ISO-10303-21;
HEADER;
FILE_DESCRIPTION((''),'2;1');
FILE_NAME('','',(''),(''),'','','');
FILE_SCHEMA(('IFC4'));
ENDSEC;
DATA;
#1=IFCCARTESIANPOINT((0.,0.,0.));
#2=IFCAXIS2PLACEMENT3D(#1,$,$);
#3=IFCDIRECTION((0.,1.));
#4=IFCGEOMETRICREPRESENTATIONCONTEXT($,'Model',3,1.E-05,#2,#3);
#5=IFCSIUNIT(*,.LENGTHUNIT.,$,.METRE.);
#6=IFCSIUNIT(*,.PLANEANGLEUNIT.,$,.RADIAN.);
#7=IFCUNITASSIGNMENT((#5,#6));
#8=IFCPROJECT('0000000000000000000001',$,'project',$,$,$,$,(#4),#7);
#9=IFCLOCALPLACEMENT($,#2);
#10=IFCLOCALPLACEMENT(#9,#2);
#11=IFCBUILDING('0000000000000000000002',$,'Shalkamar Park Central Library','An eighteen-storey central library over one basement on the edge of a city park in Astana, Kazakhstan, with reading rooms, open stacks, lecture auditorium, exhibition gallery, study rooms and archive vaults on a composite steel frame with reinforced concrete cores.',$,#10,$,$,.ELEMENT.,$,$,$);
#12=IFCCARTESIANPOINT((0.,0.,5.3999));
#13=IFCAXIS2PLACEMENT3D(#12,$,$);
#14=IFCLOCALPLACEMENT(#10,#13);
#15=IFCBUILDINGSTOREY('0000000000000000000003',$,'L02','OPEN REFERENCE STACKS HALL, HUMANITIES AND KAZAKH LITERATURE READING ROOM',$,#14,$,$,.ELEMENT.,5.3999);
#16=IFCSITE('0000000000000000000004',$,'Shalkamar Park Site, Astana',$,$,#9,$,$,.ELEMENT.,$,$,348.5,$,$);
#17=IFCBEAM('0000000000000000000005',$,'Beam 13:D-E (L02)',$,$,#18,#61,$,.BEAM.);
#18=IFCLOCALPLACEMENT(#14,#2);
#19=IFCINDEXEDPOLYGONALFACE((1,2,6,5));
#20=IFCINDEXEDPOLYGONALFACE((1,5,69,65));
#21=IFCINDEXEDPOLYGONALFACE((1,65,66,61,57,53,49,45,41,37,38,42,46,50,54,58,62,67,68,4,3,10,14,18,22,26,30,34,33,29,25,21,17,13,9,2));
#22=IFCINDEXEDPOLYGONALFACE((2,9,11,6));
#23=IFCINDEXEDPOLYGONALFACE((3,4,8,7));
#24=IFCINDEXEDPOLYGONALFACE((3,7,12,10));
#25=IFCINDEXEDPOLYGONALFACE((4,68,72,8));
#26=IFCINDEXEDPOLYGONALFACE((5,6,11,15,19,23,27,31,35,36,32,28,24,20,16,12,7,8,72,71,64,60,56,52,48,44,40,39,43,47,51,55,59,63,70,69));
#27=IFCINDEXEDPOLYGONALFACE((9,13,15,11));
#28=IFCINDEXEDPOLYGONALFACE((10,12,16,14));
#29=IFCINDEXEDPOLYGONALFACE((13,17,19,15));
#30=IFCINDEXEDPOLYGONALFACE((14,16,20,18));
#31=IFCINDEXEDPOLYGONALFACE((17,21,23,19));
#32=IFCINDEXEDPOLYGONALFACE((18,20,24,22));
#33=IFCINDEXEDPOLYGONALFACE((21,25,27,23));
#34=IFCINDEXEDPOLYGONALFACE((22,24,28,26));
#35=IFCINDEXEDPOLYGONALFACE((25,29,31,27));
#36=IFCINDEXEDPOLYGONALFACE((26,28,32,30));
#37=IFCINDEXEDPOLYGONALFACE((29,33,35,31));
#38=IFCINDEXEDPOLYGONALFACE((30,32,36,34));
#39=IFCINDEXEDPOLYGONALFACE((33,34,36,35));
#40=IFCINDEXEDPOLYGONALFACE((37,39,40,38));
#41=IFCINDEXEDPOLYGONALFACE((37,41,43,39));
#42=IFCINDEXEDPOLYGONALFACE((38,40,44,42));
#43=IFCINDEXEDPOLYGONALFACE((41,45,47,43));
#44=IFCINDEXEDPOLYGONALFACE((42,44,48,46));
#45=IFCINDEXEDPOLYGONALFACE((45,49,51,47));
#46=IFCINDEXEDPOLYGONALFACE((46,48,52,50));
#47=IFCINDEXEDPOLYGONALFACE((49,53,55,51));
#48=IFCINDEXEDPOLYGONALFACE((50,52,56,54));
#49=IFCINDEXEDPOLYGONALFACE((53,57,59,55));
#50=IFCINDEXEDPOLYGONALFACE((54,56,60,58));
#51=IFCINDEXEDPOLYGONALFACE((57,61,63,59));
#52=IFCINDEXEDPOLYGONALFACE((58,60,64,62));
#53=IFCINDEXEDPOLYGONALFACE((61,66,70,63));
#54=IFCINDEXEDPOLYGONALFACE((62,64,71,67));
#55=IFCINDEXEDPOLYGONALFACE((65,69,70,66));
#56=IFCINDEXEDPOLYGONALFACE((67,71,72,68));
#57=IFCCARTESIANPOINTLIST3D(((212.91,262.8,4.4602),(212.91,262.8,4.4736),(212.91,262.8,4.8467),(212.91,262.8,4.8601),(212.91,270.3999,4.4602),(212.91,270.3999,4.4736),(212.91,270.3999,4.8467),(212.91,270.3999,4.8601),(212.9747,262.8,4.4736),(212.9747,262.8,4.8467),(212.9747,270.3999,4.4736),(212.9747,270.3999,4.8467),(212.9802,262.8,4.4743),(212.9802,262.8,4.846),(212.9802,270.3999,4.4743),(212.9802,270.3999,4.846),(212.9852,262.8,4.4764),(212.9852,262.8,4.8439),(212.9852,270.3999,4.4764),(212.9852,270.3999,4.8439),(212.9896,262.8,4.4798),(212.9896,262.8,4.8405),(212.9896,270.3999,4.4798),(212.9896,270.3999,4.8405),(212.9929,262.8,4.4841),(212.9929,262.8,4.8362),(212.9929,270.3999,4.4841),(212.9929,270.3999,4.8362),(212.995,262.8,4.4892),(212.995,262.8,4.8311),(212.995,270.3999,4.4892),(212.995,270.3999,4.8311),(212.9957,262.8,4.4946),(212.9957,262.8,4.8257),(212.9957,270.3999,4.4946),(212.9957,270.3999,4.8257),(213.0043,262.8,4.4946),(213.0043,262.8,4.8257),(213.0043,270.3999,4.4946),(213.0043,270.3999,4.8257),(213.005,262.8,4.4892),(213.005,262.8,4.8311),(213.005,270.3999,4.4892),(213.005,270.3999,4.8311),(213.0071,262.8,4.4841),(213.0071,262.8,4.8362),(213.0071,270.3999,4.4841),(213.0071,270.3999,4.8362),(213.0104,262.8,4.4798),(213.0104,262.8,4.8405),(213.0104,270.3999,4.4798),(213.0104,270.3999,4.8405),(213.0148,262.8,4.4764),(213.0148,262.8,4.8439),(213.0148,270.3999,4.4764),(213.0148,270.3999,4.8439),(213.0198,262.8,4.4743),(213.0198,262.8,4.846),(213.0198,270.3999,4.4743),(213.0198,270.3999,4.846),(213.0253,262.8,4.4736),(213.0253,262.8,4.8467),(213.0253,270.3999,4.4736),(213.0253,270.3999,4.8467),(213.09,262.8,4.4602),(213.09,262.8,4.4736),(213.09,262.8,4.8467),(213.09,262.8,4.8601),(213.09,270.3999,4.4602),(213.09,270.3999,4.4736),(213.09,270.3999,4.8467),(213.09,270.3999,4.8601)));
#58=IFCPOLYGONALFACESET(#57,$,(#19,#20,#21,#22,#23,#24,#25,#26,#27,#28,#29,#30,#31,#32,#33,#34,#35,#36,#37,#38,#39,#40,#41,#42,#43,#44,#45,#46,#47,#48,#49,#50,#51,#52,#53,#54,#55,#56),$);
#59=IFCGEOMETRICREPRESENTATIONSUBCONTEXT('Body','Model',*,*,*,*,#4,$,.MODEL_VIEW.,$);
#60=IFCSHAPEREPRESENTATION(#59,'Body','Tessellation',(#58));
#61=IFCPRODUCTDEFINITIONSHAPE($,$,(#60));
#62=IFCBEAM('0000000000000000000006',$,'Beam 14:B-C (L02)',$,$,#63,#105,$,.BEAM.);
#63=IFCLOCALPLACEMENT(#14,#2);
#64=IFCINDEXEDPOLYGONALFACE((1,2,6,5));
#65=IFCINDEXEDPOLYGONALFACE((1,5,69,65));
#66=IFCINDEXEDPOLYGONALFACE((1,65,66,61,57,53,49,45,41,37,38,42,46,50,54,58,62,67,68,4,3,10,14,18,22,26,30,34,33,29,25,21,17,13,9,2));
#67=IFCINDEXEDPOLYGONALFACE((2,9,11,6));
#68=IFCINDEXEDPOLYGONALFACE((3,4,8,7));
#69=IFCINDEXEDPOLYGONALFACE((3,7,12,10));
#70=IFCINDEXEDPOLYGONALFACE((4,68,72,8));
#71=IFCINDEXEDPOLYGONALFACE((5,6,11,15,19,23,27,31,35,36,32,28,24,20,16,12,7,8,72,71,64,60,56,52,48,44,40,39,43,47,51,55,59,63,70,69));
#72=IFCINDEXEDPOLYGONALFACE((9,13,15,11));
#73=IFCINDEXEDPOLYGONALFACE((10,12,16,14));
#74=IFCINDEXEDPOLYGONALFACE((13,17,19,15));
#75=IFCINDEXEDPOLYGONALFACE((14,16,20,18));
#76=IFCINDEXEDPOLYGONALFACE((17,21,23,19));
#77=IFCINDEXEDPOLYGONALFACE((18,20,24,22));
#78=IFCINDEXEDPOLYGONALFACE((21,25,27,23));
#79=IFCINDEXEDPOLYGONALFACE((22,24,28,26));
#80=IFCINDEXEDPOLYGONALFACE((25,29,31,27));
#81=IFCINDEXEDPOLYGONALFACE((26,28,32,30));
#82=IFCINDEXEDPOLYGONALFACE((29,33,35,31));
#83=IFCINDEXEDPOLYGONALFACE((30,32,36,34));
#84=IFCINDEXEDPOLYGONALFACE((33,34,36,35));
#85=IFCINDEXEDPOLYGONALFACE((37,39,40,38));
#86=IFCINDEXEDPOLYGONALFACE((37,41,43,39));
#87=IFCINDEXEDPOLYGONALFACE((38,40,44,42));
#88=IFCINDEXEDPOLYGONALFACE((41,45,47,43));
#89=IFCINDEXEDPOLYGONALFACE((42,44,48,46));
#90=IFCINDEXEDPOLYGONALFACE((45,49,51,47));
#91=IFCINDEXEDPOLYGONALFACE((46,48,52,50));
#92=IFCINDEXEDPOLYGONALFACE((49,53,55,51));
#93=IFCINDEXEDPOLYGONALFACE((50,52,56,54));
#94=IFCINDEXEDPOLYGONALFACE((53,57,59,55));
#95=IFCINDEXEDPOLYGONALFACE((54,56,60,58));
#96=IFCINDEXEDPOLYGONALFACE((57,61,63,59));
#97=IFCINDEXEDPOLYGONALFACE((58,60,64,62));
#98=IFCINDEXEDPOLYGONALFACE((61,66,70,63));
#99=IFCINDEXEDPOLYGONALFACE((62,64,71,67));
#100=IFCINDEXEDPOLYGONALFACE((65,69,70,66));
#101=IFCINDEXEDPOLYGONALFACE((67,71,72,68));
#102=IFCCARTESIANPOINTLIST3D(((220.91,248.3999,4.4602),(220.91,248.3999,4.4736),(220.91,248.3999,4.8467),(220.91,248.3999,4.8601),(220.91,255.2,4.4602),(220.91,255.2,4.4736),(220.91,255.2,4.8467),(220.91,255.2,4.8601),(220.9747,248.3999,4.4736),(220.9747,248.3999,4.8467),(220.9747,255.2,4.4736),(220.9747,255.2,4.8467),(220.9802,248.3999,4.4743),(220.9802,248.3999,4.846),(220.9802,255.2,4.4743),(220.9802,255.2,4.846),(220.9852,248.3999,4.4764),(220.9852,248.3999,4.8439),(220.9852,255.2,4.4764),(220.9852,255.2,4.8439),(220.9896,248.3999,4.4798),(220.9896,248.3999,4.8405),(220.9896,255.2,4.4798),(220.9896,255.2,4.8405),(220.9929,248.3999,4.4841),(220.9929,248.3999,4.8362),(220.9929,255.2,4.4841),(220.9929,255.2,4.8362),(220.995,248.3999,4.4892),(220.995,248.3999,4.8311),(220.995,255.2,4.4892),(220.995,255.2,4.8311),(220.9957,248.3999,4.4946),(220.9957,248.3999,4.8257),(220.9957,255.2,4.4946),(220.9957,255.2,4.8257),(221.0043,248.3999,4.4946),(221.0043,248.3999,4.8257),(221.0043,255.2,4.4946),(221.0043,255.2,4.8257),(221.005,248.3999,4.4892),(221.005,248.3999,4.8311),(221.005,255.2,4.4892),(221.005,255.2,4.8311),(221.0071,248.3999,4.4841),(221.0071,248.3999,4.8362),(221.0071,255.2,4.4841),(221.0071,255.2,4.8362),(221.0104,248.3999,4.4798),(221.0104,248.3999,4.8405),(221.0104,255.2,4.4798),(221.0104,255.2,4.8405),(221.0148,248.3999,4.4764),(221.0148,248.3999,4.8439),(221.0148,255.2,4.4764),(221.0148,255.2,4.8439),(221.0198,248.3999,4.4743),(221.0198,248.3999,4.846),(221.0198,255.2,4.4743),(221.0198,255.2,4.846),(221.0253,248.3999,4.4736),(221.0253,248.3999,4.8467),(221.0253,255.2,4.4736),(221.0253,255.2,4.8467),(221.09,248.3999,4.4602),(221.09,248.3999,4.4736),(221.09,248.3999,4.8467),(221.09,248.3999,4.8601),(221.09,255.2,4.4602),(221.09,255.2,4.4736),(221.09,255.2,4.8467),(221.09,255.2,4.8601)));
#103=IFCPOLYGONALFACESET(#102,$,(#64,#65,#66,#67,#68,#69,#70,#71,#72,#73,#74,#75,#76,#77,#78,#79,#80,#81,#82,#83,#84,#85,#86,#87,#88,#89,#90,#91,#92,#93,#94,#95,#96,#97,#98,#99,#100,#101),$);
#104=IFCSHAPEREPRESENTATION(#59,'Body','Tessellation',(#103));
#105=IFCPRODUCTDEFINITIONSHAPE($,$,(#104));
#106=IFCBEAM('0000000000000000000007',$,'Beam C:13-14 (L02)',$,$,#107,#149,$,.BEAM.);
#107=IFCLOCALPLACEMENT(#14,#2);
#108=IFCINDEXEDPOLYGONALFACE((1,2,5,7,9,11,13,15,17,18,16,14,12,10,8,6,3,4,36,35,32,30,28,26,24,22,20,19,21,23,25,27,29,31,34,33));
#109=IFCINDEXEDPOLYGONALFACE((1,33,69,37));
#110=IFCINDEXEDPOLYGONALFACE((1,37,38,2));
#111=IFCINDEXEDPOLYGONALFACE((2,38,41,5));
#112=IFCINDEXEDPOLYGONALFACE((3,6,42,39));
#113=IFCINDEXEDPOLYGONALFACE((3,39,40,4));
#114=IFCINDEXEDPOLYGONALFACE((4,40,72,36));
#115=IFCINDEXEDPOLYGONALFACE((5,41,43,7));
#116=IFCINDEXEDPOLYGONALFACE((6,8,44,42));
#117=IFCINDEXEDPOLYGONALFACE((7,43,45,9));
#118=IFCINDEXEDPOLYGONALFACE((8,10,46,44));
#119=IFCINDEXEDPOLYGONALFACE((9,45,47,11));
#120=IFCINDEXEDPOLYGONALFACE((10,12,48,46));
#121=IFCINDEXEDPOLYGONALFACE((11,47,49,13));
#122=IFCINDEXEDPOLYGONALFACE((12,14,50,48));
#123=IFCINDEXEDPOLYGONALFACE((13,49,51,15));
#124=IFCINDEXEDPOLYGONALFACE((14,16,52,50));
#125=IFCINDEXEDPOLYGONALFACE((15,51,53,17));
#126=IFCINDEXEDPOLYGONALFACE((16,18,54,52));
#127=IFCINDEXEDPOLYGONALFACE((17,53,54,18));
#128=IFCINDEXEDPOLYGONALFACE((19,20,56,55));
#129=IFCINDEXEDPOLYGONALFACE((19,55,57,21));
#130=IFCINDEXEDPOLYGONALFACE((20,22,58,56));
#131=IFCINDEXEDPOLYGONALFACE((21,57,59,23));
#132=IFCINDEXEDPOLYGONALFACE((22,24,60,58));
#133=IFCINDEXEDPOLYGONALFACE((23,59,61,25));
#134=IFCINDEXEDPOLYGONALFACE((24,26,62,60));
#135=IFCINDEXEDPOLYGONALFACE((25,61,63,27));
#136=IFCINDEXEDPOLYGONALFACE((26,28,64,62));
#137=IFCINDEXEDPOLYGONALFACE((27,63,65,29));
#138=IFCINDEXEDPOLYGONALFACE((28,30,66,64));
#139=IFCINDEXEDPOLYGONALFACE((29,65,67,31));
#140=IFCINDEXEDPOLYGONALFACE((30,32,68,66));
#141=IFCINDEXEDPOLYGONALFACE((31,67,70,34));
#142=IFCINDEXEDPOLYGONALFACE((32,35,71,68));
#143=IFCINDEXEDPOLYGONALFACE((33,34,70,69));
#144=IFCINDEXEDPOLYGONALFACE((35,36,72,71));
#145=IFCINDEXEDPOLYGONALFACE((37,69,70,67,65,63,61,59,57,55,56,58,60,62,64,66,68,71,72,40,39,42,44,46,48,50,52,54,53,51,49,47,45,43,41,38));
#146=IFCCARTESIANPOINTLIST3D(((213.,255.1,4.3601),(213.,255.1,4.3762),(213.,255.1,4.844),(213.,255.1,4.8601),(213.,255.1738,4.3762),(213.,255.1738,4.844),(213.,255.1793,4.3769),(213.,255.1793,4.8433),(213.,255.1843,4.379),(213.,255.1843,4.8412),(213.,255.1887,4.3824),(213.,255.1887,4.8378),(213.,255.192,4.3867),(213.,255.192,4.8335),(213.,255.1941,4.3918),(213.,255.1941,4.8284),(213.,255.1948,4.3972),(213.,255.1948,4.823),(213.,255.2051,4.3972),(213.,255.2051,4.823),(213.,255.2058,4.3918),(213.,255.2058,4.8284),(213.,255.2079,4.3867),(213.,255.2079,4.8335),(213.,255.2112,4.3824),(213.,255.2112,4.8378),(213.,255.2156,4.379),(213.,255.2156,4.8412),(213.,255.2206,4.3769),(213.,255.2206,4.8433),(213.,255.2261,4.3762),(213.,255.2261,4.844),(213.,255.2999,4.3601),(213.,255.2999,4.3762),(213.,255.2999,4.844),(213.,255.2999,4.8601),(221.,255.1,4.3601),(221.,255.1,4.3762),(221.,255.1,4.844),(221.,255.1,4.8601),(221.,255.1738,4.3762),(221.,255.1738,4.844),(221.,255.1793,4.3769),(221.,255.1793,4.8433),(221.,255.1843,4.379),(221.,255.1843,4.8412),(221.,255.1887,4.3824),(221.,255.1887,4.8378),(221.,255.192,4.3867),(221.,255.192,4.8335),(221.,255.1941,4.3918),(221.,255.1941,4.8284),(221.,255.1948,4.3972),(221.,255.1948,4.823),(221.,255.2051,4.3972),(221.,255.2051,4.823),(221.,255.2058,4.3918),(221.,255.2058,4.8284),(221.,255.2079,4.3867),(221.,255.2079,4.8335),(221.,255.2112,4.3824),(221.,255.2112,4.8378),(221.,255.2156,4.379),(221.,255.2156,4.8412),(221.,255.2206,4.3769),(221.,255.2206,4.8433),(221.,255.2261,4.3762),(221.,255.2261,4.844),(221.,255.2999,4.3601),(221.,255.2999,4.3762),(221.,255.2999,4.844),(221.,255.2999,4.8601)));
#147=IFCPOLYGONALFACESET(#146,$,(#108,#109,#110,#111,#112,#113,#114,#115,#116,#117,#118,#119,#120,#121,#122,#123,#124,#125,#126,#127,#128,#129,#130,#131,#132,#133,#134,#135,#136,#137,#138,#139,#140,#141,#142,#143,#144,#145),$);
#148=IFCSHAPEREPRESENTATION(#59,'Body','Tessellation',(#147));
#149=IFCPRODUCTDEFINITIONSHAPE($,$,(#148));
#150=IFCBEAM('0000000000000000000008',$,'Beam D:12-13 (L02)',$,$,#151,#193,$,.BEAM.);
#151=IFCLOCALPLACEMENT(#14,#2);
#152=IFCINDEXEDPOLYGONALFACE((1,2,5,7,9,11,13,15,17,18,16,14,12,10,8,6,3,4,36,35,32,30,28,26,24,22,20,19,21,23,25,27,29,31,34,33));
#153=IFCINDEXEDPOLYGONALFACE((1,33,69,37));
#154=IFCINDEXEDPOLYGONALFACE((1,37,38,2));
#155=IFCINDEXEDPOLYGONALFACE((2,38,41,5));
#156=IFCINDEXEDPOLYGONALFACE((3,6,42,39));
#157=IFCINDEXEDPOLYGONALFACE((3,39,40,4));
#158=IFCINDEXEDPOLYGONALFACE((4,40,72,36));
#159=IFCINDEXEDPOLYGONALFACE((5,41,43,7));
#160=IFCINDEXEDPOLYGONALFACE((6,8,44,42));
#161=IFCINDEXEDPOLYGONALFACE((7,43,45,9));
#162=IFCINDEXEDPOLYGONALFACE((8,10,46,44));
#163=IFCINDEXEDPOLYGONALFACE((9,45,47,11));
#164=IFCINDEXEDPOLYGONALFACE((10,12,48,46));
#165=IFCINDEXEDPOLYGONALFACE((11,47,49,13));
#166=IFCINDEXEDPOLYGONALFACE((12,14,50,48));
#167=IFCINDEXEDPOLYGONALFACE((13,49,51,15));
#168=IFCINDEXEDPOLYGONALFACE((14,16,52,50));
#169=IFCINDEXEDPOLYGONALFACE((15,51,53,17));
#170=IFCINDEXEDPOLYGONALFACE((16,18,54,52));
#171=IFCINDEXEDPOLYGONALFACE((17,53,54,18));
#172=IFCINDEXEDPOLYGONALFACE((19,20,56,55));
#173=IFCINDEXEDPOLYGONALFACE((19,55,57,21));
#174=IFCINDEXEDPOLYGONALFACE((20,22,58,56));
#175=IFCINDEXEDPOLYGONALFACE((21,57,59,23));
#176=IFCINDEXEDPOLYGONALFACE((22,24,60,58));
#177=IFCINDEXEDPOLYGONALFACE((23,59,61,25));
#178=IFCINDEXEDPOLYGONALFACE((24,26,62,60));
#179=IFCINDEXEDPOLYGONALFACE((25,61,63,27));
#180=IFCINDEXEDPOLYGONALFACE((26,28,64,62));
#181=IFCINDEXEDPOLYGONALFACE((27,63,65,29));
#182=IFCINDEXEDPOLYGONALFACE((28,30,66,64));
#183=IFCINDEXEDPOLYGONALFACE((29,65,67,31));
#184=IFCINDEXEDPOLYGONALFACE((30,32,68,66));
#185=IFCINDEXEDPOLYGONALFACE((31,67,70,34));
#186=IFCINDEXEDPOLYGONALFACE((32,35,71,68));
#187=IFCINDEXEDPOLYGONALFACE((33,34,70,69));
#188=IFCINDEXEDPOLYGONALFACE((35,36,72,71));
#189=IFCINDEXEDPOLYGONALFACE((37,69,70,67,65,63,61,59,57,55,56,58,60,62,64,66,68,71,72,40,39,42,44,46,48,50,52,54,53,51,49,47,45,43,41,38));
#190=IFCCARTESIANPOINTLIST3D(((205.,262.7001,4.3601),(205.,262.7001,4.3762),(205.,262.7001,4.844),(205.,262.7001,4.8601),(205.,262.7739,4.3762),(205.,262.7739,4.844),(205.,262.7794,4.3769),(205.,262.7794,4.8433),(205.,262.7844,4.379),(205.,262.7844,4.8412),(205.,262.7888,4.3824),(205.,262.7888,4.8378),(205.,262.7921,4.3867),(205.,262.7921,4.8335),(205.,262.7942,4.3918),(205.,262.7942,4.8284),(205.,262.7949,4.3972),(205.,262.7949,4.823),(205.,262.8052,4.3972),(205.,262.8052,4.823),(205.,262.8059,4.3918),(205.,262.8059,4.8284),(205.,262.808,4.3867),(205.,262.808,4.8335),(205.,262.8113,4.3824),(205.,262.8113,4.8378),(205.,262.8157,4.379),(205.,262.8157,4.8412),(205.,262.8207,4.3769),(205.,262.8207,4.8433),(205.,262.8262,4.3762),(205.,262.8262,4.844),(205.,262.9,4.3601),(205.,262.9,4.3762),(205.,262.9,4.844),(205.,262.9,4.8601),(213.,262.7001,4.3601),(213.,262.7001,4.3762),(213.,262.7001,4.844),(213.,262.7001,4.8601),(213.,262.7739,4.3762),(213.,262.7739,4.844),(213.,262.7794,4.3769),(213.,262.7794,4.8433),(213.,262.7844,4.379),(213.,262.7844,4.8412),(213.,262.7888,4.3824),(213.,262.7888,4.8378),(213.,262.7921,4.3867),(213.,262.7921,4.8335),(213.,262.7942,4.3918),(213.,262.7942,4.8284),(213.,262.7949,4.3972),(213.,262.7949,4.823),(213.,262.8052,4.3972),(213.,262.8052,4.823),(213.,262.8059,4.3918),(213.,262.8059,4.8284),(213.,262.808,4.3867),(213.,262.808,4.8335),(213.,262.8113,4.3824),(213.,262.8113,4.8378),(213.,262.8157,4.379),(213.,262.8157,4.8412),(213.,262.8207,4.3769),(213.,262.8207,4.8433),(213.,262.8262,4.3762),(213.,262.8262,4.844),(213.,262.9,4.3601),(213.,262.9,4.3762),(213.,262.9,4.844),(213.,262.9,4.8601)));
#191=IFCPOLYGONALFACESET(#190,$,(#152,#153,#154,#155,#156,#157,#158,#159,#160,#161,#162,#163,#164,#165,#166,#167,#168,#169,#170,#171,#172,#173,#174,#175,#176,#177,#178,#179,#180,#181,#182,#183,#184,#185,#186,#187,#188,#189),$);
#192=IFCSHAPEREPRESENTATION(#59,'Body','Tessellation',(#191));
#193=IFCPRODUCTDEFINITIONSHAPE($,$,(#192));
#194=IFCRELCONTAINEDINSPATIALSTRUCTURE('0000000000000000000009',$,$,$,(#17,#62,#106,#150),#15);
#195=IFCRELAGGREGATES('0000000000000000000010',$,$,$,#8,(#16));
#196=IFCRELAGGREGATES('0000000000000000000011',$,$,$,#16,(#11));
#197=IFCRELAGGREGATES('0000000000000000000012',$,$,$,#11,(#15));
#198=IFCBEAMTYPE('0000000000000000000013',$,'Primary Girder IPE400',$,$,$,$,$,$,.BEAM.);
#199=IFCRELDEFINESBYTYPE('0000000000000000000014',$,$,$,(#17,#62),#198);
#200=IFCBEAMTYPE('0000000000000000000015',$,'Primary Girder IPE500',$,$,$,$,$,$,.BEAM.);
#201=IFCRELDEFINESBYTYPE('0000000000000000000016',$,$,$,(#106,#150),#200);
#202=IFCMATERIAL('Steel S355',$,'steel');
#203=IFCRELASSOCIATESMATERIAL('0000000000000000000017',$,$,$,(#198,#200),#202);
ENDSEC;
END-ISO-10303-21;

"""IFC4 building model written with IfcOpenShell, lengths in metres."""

from ifc_helpers import new_model, si_unit, direction, frame, origin, origin_2d, place, context, subcontext, project, spatial, i_section, extrude, material, material_profile, profile_set, type_object, element, save


model = new_model("IFC4")

# Units and contexts
model_context = context("Model", 3, precision=1e-05, world=origin(), true_north=direction((0.0, 1.0)))
body_context = subcontext(model_context, "Body", "Model", "MODEL_VIEW")
ifc_project = project(units=[si_unit("LENGTHUNIT", "METRE"), si_unit("PLANEANGLEUNIT", "RADIAN")], contexts=[model_context])

# Site, building, storey
site_placement = place(None, origin())
site = spatial("IfcSite", under=ifc_project, at=site_placement, Name="Shalkamar Park Site, Astana", CompositionType="ELEMENT", RefElevation=348.5)
building_placement = place(site_placement, origin())
building = spatial("IfcBuilding", under=site, at=building_placement, Name="Shalkamar Park Central Library", Description="An eighteen-storey central library over one basement on the edge of a city park in Astana, Kazakhstan, with reading rooms, open stacks, lecture auditorium, exhibition gallery, study rooms and archive vaults on a composite steel frame with reinforced concrete cores.", CompositionType="ELEMENT")
storey_placement = place(building_placement, frame((0.0, 0.0, 5.3999)))
storey = spatial("IfcBuildingStorey", under=building, at=storey_placement, Name="L02", Description="OPEN REFERENCE STACKS HALL, HUMANITIES AND KAZAKH LITERATURE READING ROOM", CompositionType="ELEMENT", Elevation=5.3999)

# Shared definitions
ifc_material_1 = material(Name="Steel S355", Category="steel")

# Beams
ifc_material_profile_1 = material_profile(ifc_material_1, i_section(OverallWidth=0.1799, OverallDepth=0.3999, WebThickness=0.0085, FlangeThickness=0.0134, FilletRadius=0.021, at=origin_2d()), Name="IPE 400")
ifc_profile_set_1 = profile_set([ifc_material_profile_1], Name="Steel S355")
beam_type_1 = type_object("IfcBeamType", Name="Primary Girder IPE400", PredefinedType="BEAM", material=ifc_profile_set_1)
beam_1_placement = place(storey_placement, frame((213.0, 262.8, 4.6602), z_axis=(0.0, 1.0, 0.0), x_axis=(-1.0, 0.0, 0.0)))
element("IfcBeam", 1, at=beam_1_placement, inside=storey, type_object=beam_type_1, Name="Beam 13:D-E (L02)", PredefinedType="BEAM", context=body_context, shape_type="SweptSolid", body=[
    extrude(i_section(OverallWidth=0.1799, OverallDepth=0.3999, WebThickness=0.0085, FlangeThickness=0.0134, FilletRadius=0.021, at=origin_2d()), origin(), (0.0, 0.0, 1.0), 7.5999),
])
beam_2_placement = place(storey_placement, frame((221.0, 248.3999, 4.6602), z_axis=(0.0, 1.0, 0.0), x_axis=(-1.0, 0.0, 0.0)))
element("IfcBeam", 2, at=beam_2_placement, inside=storey, type_object=beam_type_1, Name="Beam 14:B-C (L02)", PredefinedType="BEAM", context=body_context, shape_type="SweptSolid", body=[
    extrude(i_section(OverallWidth=0.1799, OverallDepth=0.3999, WebThickness=0.0085, FlangeThickness=0.0134, FilletRadius=0.021, at=origin_2d()), origin(), (0.0, 0.0, 1.0), 6.8),
])
ifc_material_profile_2 = material_profile(ifc_material_1, i_section(OverallWidth=0.2, OverallDepth=0.5, WebThickness=0.0103, FlangeThickness=0.0161, FilletRadius=0.021, at=origin_2d()), Name="IPE 500")
ifc_profile_set_2 = profile_set([ifc_material_profile_2], Name="Steel S355")
beam_type_2 = type_object("IfcBeamType", Name="Primary Girder IPE500", PredefinedType="BEAM", material=ifc_profile_set_2)
for number, where, z_axis, x_axis, name in (
    (3, (213.0, 255.2, 4.6101), (1.0, 0.0, 0.0), (0.0, 1.0, 0.0), "Beam C:13-14 (L02)"),
    (4, (205.0, 262.8, 4.6101), (1.0, 0.0, 0.0), (0.0, 1.0, 0.0), "Beam D:12-13 (L02)"),
):
    element("IfcBeam", number, at=place(storey_placement, frame(where, z_axis=z_axis, x_axis=x_axis)), inside=storey, type_object=beam_type_2, Name=name, PredefinedType="BEAM", context=body_context, shape_type="SweptSolid", body=[
        extrude(i_section(OverallWidth=0.2, OverallDepth=0.5, WebThickness=0.0103, FlangeThickness=0.0161, FilletRadius=0.021, at=origin_2d()), origin(), (0.0, 0.0, 1.0), 8.0),
    ])

save(model, "model.ifc")
